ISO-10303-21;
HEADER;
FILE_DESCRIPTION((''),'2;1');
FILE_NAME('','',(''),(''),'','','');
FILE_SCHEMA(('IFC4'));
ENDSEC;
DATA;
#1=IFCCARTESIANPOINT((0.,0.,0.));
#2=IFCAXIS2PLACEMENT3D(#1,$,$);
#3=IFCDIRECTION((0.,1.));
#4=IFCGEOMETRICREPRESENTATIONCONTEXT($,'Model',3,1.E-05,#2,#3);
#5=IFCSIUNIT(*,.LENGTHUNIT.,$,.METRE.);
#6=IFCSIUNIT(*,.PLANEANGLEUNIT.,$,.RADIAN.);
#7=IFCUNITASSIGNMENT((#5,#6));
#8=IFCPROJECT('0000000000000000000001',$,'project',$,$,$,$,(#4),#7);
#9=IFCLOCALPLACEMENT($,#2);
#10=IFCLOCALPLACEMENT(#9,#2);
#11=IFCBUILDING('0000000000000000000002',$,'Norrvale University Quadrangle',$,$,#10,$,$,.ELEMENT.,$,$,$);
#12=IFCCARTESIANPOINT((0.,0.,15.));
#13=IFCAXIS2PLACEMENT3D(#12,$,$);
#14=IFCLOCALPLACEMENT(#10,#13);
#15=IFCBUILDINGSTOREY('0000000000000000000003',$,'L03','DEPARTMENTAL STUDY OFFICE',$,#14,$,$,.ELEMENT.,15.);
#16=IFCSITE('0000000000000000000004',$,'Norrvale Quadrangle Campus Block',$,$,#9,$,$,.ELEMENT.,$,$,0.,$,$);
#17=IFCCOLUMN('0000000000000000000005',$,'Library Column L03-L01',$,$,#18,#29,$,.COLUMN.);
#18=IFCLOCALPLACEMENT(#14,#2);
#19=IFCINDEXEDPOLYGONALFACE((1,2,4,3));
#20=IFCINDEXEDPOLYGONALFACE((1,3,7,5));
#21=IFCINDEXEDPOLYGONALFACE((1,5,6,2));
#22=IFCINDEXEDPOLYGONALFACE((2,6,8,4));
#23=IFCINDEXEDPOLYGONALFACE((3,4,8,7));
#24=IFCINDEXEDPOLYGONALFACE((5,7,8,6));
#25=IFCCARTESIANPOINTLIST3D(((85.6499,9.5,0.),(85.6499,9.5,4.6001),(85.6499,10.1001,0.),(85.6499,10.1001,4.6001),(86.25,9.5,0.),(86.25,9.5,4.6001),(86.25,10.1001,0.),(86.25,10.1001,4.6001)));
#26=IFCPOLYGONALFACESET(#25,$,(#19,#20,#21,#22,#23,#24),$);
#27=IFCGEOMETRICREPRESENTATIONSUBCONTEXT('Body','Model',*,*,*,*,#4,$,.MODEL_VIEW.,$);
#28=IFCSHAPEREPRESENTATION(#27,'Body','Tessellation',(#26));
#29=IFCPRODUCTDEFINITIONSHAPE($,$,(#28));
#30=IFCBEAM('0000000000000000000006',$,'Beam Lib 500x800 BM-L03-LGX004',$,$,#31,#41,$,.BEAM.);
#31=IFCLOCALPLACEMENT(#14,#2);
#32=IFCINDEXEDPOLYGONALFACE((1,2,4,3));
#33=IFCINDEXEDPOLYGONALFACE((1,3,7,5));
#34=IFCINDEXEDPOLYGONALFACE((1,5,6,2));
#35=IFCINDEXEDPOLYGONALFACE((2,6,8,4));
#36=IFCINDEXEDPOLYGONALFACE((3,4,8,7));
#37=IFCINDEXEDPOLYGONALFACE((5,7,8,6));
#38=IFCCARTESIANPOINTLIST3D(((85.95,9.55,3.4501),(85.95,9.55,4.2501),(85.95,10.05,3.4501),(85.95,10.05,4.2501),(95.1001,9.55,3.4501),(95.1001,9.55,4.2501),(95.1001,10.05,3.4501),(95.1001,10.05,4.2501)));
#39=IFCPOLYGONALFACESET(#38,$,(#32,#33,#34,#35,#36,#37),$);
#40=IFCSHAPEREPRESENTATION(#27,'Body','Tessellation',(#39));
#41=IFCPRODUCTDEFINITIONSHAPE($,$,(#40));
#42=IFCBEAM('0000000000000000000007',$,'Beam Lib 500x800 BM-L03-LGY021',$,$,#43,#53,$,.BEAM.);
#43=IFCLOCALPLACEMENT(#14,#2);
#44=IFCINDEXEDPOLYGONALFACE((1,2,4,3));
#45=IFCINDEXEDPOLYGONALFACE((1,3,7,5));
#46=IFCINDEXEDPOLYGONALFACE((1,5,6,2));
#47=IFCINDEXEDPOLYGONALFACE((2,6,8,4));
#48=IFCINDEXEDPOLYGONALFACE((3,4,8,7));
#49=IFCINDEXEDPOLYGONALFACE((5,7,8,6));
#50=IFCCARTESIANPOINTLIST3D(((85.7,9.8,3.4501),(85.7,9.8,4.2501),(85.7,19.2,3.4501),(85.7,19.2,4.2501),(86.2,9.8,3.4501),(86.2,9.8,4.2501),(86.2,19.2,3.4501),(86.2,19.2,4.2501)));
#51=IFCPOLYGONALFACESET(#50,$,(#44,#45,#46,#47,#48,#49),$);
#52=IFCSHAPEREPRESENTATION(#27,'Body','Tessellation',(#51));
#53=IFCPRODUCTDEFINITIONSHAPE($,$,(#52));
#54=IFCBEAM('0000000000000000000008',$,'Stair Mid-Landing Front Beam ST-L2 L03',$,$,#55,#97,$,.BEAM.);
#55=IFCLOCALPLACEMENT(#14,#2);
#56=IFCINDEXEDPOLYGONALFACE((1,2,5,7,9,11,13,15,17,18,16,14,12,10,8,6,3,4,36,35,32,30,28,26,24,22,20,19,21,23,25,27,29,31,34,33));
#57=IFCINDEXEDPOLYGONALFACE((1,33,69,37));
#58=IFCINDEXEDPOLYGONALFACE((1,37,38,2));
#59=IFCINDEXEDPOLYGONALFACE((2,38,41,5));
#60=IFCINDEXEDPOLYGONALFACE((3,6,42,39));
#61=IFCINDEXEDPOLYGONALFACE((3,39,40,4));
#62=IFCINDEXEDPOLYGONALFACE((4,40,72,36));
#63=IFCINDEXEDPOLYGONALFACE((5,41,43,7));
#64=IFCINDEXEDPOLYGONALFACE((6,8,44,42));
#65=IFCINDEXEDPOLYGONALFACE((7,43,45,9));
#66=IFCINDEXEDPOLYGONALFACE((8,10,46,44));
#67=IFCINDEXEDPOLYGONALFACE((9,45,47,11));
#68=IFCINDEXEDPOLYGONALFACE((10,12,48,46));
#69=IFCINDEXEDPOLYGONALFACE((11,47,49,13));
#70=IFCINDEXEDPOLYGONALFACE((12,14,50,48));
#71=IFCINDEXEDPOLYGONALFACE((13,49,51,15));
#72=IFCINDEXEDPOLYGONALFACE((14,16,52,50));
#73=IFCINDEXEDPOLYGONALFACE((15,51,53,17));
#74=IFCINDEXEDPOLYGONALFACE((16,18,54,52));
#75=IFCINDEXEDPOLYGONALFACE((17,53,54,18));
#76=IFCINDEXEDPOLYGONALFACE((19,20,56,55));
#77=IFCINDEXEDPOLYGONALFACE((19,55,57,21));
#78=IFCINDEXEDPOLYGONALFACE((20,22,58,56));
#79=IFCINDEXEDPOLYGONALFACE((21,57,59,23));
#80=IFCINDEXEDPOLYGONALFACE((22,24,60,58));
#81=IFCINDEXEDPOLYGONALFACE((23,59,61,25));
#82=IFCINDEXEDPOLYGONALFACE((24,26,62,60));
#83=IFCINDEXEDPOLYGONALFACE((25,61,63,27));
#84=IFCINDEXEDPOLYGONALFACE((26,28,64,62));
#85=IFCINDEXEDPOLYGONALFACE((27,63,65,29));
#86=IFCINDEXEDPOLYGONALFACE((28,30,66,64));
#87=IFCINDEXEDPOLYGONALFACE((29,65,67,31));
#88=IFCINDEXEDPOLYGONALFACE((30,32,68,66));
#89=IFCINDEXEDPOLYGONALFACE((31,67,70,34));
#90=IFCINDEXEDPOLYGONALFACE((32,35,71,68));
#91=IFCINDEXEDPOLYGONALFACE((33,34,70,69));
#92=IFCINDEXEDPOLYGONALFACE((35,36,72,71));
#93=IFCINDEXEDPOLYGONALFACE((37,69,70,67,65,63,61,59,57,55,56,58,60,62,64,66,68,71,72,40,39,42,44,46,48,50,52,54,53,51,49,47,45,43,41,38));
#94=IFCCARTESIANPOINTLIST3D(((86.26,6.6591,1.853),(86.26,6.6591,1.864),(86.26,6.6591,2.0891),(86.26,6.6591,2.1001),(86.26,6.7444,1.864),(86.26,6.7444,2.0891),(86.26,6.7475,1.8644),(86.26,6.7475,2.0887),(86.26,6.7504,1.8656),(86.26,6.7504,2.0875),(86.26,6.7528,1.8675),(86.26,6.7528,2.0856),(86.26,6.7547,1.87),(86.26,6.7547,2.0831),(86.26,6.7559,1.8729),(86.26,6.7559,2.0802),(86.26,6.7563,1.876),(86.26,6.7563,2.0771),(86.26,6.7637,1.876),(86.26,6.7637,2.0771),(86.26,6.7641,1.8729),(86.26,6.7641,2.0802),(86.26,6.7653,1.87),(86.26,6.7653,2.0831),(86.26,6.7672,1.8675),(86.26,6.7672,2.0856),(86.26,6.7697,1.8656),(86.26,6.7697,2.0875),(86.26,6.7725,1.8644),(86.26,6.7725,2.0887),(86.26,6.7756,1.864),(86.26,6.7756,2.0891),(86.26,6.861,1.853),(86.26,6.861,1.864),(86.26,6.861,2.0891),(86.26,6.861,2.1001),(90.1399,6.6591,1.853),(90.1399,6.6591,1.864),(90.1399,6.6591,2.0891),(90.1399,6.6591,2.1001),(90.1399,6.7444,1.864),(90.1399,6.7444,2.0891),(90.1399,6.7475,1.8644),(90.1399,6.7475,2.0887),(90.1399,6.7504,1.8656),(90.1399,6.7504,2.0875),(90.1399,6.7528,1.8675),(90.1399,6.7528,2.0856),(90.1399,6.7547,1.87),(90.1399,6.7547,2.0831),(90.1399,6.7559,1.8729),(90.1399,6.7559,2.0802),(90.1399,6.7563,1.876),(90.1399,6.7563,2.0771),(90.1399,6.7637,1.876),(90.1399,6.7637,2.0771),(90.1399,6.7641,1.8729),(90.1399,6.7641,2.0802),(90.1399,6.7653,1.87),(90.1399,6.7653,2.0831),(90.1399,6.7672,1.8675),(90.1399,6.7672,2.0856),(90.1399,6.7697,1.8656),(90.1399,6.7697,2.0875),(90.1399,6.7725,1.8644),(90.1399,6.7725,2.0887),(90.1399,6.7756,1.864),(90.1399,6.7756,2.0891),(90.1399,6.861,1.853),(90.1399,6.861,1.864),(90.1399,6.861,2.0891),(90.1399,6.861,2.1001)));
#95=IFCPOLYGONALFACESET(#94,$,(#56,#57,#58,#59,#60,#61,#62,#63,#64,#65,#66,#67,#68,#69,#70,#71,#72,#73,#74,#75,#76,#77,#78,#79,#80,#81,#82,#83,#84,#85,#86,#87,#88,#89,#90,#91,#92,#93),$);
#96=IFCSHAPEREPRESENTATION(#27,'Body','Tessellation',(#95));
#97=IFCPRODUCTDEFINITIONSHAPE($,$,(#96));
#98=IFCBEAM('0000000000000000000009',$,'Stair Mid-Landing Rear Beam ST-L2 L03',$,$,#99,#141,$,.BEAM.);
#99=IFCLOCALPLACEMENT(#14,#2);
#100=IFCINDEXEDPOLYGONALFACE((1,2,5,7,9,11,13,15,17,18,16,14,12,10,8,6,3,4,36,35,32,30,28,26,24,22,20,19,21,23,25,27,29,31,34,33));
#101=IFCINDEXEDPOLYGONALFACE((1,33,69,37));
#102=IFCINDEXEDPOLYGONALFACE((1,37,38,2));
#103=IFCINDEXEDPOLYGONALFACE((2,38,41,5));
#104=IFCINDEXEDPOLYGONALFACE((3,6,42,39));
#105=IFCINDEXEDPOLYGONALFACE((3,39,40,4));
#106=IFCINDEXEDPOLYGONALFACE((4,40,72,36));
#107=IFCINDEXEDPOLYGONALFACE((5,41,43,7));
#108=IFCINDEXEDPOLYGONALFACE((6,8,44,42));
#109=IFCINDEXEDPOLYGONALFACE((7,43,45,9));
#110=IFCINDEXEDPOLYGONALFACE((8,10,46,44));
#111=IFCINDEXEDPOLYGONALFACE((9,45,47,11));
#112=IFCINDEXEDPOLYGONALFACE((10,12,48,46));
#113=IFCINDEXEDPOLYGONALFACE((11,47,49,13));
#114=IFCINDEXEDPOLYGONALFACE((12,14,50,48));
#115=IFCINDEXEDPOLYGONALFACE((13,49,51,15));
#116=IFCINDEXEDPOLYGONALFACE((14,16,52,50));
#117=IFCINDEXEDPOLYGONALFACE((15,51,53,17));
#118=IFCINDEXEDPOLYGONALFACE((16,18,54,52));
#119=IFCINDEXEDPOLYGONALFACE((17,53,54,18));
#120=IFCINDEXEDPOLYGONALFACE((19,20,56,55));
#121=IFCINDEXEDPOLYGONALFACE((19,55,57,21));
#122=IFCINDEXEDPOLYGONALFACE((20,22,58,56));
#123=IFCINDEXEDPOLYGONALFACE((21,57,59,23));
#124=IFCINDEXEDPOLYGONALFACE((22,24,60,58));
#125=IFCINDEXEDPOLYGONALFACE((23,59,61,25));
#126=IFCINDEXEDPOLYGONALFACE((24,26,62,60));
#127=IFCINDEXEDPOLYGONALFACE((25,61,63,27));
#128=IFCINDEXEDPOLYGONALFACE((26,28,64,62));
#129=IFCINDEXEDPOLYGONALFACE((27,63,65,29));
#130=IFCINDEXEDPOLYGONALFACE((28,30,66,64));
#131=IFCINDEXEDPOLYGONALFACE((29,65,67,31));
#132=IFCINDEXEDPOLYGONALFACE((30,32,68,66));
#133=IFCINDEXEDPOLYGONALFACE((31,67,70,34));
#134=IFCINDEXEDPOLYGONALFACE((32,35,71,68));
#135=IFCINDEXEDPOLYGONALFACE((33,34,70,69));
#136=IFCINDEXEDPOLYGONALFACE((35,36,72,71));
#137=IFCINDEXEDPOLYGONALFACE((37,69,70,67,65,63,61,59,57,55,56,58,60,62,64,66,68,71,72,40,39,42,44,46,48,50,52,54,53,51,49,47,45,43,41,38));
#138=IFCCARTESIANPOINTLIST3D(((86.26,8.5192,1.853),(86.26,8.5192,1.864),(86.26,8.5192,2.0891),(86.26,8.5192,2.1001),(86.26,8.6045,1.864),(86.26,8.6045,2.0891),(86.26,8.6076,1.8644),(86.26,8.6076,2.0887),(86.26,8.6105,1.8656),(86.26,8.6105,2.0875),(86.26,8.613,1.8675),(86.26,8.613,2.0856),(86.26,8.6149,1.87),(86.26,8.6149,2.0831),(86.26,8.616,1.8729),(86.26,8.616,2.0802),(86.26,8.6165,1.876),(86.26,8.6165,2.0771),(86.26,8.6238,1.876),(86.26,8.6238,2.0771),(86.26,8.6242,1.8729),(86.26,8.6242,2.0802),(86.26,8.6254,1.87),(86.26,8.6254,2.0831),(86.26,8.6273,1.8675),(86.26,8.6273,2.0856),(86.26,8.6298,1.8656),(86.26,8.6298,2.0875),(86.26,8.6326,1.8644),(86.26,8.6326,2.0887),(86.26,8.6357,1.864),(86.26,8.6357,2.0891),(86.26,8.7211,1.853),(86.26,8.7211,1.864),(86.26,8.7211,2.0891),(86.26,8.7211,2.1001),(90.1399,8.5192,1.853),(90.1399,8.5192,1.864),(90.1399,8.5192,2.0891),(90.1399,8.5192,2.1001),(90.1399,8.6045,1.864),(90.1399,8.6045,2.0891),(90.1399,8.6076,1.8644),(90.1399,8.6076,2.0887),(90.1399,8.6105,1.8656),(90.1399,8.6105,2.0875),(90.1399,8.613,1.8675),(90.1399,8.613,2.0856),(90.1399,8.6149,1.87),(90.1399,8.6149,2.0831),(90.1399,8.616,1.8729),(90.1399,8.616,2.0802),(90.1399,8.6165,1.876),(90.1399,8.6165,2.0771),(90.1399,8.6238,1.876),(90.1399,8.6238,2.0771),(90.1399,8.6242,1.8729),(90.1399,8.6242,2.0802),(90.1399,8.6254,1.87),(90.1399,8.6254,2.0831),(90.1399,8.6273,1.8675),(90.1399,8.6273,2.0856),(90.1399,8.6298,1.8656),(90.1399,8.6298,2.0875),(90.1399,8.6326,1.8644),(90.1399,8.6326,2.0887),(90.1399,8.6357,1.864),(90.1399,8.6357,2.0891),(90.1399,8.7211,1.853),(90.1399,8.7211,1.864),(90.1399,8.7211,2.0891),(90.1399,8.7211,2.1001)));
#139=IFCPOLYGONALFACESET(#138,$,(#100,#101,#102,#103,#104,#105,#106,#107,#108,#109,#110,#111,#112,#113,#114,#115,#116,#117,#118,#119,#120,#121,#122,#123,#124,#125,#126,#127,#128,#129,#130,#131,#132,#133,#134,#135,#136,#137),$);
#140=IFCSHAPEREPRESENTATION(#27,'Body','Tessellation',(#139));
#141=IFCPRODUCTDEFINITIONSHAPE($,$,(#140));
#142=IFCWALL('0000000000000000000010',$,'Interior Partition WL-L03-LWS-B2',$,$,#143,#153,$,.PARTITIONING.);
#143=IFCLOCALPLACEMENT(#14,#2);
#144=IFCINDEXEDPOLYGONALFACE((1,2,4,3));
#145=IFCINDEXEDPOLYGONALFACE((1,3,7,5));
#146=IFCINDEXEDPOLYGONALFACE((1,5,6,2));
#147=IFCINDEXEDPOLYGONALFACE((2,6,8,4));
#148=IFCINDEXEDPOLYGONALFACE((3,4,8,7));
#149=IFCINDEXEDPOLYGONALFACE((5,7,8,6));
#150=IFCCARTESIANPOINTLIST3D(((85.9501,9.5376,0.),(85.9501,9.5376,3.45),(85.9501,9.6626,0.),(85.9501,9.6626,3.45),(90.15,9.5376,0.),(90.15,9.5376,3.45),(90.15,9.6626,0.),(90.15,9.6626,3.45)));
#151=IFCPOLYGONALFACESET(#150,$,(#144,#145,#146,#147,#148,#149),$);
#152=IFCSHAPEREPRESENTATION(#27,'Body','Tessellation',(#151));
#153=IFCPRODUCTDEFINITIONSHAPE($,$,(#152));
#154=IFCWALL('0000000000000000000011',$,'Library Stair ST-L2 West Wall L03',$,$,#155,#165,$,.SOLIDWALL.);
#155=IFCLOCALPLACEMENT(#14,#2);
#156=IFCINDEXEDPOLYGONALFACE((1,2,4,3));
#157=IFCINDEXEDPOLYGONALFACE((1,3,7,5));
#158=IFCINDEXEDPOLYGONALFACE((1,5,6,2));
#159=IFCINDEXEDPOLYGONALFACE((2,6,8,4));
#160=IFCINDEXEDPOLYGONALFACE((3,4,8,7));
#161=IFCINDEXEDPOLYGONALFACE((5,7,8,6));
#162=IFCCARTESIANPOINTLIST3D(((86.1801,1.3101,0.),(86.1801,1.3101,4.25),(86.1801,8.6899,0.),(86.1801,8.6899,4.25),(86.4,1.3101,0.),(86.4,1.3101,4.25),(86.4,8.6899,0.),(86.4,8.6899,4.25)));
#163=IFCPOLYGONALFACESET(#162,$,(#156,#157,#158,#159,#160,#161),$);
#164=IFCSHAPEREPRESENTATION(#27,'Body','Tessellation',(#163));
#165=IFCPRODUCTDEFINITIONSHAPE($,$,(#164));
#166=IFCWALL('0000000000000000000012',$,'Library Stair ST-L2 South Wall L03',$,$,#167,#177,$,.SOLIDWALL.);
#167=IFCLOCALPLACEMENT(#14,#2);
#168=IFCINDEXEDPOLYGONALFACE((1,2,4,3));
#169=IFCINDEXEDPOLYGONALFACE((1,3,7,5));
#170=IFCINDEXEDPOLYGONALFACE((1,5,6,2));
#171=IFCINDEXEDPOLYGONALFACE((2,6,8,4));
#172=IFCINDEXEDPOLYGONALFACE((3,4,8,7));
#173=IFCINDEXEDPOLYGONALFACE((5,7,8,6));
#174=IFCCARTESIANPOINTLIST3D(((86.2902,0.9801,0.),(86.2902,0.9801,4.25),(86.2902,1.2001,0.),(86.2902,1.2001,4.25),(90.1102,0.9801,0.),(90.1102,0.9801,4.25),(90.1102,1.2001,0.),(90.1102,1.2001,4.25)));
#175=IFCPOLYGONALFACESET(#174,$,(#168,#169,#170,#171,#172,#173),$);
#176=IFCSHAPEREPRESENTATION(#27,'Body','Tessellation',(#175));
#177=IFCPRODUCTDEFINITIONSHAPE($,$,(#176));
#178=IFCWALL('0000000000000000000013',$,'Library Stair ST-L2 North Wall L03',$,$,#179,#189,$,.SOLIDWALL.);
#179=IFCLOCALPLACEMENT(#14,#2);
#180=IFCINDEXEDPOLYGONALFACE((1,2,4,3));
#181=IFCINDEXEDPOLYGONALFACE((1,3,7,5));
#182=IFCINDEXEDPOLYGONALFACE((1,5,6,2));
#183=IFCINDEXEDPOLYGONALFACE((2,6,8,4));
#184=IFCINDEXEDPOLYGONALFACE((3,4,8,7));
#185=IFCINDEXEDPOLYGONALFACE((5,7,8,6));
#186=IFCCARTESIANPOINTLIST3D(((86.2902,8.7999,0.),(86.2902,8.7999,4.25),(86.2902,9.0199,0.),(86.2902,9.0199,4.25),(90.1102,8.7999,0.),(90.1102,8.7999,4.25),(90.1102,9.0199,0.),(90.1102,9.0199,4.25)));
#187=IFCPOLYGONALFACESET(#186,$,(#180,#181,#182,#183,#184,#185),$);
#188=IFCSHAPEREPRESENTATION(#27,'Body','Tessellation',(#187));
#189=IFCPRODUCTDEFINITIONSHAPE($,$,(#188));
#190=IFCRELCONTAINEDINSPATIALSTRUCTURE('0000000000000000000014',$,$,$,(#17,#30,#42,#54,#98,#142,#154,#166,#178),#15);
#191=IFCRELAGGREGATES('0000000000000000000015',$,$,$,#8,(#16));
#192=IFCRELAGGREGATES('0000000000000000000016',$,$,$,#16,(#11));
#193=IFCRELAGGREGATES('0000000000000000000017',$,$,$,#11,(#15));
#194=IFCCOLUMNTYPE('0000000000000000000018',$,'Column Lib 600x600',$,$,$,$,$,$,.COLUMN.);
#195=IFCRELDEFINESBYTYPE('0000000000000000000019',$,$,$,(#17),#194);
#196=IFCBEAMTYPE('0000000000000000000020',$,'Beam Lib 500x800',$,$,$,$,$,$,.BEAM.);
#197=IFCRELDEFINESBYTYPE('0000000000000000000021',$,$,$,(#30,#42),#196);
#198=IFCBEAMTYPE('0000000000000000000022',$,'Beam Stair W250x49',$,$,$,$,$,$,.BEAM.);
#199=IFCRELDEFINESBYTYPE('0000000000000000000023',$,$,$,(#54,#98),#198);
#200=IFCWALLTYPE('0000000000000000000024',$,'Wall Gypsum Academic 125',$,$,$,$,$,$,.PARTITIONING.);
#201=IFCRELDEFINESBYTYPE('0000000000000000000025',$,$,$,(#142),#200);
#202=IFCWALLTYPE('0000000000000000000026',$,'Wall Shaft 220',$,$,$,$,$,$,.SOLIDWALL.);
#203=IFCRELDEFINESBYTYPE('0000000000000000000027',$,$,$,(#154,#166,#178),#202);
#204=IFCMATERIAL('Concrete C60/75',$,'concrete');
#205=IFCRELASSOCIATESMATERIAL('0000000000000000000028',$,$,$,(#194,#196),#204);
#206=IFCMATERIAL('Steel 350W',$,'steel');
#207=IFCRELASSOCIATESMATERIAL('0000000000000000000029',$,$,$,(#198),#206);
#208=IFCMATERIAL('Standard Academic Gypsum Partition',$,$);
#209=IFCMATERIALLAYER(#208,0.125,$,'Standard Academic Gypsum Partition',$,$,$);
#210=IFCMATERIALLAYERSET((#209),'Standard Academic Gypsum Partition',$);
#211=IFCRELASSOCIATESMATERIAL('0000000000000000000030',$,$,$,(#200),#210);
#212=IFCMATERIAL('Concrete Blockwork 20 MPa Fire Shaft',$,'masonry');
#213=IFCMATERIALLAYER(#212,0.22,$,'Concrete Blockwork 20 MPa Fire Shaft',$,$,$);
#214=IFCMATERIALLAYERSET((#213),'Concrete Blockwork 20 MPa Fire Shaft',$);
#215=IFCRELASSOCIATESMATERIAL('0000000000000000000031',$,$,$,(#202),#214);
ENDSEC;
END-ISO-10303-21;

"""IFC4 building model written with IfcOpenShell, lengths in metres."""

from ifc_helpers import new_model, si_unit, direction, frame, frame_2d, origin, origin_2d, place, context, subcontext, project, spatial, rectangle, i_section, extrude, material, layer, layer_set, material_profile, profile_set, type_object, element, save


model = new_model("IFC4")

# Units and contexts
model_context = context("Model", 3, precision=1e-05, world=origin(), true_north=direction((0.0, 1.0)))
body_context = subcontext(model_context, "Body", "Model", "MODEL_VIEW")
ifc_project = project(units=[si_unit("LENGTHUNIT", "METRE"), si_unit("PLANEANGLEUNIT", "RADIAN")], contexts=[model_context])

# Site, building, storey
site_placement = place(None, origin())
site = spatial("IfcSite", under=ifc_project, at=site_placement, Name="Norrvale Quadrangle Campus Block", CompositionType="ELEMENT", RefElevation=0.0)
building_placement = place(site_placement, origin())
building = spatial("IfcBuilding", under=site, at=building_placement, Name="Norrvale University Quadrangle", CompositionType="ELEMENT")
storey_placement = place(building_placement, frame((0.0, 0.0, 15.0)))
storey = spatial("IfcBuildingStorey", under=building, at=storey_placement, Name="L03", Description="DEPARTMENTAL STUDY OFFICE", CompositionType="ELEMENT", Elevation=15.0)

# Column
ifc_material_1 = material(Name="Concrete C60/75", Category="concrete")
ifc_material_profile_1 = material_profile(ifc_material_1, rectangle(XDim=0.6001, YDim=0.6001, at=origin_2d()), Name="Concrete C60/75")
ifc_profile_set_1 = profile_set([ifc_material_profile_1], Name="Concrete C60/75")
column_type = type_object("IfcColumnType", Name="Column Lib 600x600", PredefinedType="COLUMN", material=ifc_profile_set_1)
column_placement = place(storey_placement, frame((85.95, 9.8, 0.0), z_axis=(0.0, 0.0, 1.0), x_axis=(1.0, 0.0, 0.0)))
element("IfcColumn", 1, at=column_placement, inside=storey, type_object=column_type, Name="Library Column L03-L01", PredefinedType="COLUMN", context=body_context, shape_type="SweptSolid", body=[
    extrude(rectangle(XDim=0.6001, YDim=0.6001, at=origin_2d()), origin(), (0.0, 0.0, 1.0), 4.6001),
])

# Beams
ifc_material_profile_2 = material_profile(ifc_material_1, rectangle(XDim=0.5, YDim=0.8, at=origin_2d()), Name="Concrete C60/75")
ifc_profile_set_2 = profile_set([ifc_material_profile_2], Name="Concrete C60/75")
beam_type_1 = type_object("IfcBeamType", Name="Beam Lib 500x800", PredefinedType="BEAM", material=ifc_profile_set_2)
beam_1_placement = place(storey_placement, frame((85.95, 9.8, 3.8501), z_axis=(1.0, 0.0, 0.0), x_axis=(0.0, 1.0, 0.0)))
element("IfcBeam", 2, at=beam_1_placement, inside=storey, type_object=beam_type_1, Name="Beam Lib 500x800 BM-L03-LGX004", PredefinedType="BEAM", context=body_context, shape_type="SweptSolid", body=[
    extrude(rectangle(XDim=0.5, YDim=0.8, at=origin_2d()), origin(), (0.0, 0.0, 1.0), 9.1501),
])
beam_2_placement = place(storey_placement, frame((85.95, 9.8, 3.8501), z_axis=(0.0, 1.0, 0.0), x_axis=(-1.0, 0.0, 0.0)))
element("IfcBeam", 3, at=beam_2_placement, inside=storey, type_object=beam_type_1, Name="Beam Lib 500x800 BM-L03-LGY021", PredefinedType="BEAM", context=body_context, shape_type="SweptSolid", body=[
    extrude(rectangle(XDim=0.5, YDim=0.8, at=origin_2d()), origin(), (0.0, 0.0, 1.0), 9.3999),
])
ifc_material_2 = material(Name="Steel 350W", Category="steel")
ifc_material_profile_3 = material_profile(ifc_material_2, i_section(OverallWidth=0.2019, OverallDepth=0.2471, WebThickness=0.0073, FlangeThickness=0.011, FilletRadius=0.012, at=origin_2d()), Name="Steel 350W")
ifc_profile_set_3 = profile_set([ifc_material_profile_3], Name="Steel 350W")
beam_type_2 = type_object("IfcBeamType", Name="Beam Stair W250x49", PredefinedType="BEAM", material=ifc_profile_set_3)
for number, where, z_axis, x_axis, name in (
    (4, (86.26, 6.76, 1.9766), (1.0, 0.0, 0.0), (0.0, 1.0, 0.0), "Stair Mid-Landing Front Beam ST-L2 L03"),
    (5, (86.26, 8.6201, 1.9766), (1.0, 0.0, 0.0), (0.0, 1.0, 0.0), "Stair Mid-Landing Rear Beam ST-L2 L03"),
):
    element("IfcBeam", number, at=place(storey_placement, frame(where, z_axis=z_axis, x_axis=x_axis)), inside=storey, type_object=beam_type_2, Name=name, PredefinedType="BEAM", context=body_context, shape_type="SweptSolid", body=[
        extrude(i_section(OverallWidth=0.2019, OverallDepth=0.2471, WebThickness=0.0073, FlangeThickness=0.011, FilletRadius=0.012, at=origin_2d()), origin(), (0.0, 0.0, 1.0), 3.8799),
    ])

# Walls
ifc_material_3 = material(Name="Standard Academic Gypsum Partition")
ifc_layer_1 = layer(ifc_material_3, 0.125, Name="Standard Academic Gypsum Partition")
ifc_layer_set_1 = layer_set([ifc_layer_1], Name="Standard Academic Gypsum Partition")
wall_type_1 = type_object("IfcWallType", Name="Wall Gypsum Academic 125", PredefinedType="PARTITIONING", material=ifc_layer_set_1)
wall_1_placement = place(storey_placement, frame((85.95, 9.6001, 0.0), z_axis=(0.0, 0.0, 1.0), x_axis=(1.0, 0.0, 0.0)))
element("IfcWall", 6, at=wall_1_placement, inside=storey, type_object=wall_type_1, Name="Interior Partition WL-L03-LWS-B2", PredefinedType="PARTITIONING", context=body_context, shape_type="SweptSolid", body=[
    extrude(rectangle(XDim=4.2, YDim=0.125, at=frame_2d((2.1001, 0.0))), origin(), (0.0, 0.0, 1.0), 3.45),
])
ifc_material_4 = material(Name="Concrete Blockwork 20 MPa Fire Shaft", Category="masonry")
ifc_layer_2 = layer(ifc_material_4, 0.22, Name="Concrete Blockwork 20 MPa Fire Shaft")
ifc_layer_set_2 = layer_set([ifc_layer_2], Name="Concrete Blockwork 20 MPa Fire Shaft")
wall_type_2 = type_object("IfcWallType", Name="Wall Shaft 220", PredefinedType="SOLIDWALL", material=ifc_layer_set_2)
wall_2_placement = place(storey_placement, frame((86.29, 1.3101, 0.0), z_axis=(0.0, 0.0, 1.0), x_axis=(0.0, 1.0, 0.0)))
element("IfcWall", 7, at=wall_2_placement, inside=storey, type_object=wall_type_2, Name="Library Stair ST-L2 West Wall L03", PredefinedType="SOLIDWALL", context=body_context, shape_type="SweptSolid", body=[
    extrude(rectangle(XDim=7.3799, YDim=0.22, at=frame_2d((3.6899, 0.0))), origin(), (0.0, 0.0, 1.0), 4.25),
])
for number, where, z_axis, x_axis, name in (
    (8, (86.29, 1.0901, 0.0), (0.0, 0.0, 1.0), (1.0, 0.0, 0.0), "Library Stair ST-L2 South Wall L03"),
    (9, (86.29, 8.9099, 0.0), (0.0, 0.0, 1.0), (1.0, 0.0, 0.0), "Library Stair ST-L2 North Wall L03"),
):
    element("IfcWall", number, at=place(storey_placement, frame(where, z_axis=z_axis, x_axis=x_axis)), inside=storey, type_object=wall_type_2, Name=name, PredefinedType="SOLIDWALL", context=body_context, shape_type="SweptSolid", body=[
        extrude(rectangle(XDim=3.8201, YDim=0.22, at=frame_2d((1.9102, 0.0))), origin(), (0.0, 0.0, 1.0), 4.25),
    ])

save(model, "model.ifc")
